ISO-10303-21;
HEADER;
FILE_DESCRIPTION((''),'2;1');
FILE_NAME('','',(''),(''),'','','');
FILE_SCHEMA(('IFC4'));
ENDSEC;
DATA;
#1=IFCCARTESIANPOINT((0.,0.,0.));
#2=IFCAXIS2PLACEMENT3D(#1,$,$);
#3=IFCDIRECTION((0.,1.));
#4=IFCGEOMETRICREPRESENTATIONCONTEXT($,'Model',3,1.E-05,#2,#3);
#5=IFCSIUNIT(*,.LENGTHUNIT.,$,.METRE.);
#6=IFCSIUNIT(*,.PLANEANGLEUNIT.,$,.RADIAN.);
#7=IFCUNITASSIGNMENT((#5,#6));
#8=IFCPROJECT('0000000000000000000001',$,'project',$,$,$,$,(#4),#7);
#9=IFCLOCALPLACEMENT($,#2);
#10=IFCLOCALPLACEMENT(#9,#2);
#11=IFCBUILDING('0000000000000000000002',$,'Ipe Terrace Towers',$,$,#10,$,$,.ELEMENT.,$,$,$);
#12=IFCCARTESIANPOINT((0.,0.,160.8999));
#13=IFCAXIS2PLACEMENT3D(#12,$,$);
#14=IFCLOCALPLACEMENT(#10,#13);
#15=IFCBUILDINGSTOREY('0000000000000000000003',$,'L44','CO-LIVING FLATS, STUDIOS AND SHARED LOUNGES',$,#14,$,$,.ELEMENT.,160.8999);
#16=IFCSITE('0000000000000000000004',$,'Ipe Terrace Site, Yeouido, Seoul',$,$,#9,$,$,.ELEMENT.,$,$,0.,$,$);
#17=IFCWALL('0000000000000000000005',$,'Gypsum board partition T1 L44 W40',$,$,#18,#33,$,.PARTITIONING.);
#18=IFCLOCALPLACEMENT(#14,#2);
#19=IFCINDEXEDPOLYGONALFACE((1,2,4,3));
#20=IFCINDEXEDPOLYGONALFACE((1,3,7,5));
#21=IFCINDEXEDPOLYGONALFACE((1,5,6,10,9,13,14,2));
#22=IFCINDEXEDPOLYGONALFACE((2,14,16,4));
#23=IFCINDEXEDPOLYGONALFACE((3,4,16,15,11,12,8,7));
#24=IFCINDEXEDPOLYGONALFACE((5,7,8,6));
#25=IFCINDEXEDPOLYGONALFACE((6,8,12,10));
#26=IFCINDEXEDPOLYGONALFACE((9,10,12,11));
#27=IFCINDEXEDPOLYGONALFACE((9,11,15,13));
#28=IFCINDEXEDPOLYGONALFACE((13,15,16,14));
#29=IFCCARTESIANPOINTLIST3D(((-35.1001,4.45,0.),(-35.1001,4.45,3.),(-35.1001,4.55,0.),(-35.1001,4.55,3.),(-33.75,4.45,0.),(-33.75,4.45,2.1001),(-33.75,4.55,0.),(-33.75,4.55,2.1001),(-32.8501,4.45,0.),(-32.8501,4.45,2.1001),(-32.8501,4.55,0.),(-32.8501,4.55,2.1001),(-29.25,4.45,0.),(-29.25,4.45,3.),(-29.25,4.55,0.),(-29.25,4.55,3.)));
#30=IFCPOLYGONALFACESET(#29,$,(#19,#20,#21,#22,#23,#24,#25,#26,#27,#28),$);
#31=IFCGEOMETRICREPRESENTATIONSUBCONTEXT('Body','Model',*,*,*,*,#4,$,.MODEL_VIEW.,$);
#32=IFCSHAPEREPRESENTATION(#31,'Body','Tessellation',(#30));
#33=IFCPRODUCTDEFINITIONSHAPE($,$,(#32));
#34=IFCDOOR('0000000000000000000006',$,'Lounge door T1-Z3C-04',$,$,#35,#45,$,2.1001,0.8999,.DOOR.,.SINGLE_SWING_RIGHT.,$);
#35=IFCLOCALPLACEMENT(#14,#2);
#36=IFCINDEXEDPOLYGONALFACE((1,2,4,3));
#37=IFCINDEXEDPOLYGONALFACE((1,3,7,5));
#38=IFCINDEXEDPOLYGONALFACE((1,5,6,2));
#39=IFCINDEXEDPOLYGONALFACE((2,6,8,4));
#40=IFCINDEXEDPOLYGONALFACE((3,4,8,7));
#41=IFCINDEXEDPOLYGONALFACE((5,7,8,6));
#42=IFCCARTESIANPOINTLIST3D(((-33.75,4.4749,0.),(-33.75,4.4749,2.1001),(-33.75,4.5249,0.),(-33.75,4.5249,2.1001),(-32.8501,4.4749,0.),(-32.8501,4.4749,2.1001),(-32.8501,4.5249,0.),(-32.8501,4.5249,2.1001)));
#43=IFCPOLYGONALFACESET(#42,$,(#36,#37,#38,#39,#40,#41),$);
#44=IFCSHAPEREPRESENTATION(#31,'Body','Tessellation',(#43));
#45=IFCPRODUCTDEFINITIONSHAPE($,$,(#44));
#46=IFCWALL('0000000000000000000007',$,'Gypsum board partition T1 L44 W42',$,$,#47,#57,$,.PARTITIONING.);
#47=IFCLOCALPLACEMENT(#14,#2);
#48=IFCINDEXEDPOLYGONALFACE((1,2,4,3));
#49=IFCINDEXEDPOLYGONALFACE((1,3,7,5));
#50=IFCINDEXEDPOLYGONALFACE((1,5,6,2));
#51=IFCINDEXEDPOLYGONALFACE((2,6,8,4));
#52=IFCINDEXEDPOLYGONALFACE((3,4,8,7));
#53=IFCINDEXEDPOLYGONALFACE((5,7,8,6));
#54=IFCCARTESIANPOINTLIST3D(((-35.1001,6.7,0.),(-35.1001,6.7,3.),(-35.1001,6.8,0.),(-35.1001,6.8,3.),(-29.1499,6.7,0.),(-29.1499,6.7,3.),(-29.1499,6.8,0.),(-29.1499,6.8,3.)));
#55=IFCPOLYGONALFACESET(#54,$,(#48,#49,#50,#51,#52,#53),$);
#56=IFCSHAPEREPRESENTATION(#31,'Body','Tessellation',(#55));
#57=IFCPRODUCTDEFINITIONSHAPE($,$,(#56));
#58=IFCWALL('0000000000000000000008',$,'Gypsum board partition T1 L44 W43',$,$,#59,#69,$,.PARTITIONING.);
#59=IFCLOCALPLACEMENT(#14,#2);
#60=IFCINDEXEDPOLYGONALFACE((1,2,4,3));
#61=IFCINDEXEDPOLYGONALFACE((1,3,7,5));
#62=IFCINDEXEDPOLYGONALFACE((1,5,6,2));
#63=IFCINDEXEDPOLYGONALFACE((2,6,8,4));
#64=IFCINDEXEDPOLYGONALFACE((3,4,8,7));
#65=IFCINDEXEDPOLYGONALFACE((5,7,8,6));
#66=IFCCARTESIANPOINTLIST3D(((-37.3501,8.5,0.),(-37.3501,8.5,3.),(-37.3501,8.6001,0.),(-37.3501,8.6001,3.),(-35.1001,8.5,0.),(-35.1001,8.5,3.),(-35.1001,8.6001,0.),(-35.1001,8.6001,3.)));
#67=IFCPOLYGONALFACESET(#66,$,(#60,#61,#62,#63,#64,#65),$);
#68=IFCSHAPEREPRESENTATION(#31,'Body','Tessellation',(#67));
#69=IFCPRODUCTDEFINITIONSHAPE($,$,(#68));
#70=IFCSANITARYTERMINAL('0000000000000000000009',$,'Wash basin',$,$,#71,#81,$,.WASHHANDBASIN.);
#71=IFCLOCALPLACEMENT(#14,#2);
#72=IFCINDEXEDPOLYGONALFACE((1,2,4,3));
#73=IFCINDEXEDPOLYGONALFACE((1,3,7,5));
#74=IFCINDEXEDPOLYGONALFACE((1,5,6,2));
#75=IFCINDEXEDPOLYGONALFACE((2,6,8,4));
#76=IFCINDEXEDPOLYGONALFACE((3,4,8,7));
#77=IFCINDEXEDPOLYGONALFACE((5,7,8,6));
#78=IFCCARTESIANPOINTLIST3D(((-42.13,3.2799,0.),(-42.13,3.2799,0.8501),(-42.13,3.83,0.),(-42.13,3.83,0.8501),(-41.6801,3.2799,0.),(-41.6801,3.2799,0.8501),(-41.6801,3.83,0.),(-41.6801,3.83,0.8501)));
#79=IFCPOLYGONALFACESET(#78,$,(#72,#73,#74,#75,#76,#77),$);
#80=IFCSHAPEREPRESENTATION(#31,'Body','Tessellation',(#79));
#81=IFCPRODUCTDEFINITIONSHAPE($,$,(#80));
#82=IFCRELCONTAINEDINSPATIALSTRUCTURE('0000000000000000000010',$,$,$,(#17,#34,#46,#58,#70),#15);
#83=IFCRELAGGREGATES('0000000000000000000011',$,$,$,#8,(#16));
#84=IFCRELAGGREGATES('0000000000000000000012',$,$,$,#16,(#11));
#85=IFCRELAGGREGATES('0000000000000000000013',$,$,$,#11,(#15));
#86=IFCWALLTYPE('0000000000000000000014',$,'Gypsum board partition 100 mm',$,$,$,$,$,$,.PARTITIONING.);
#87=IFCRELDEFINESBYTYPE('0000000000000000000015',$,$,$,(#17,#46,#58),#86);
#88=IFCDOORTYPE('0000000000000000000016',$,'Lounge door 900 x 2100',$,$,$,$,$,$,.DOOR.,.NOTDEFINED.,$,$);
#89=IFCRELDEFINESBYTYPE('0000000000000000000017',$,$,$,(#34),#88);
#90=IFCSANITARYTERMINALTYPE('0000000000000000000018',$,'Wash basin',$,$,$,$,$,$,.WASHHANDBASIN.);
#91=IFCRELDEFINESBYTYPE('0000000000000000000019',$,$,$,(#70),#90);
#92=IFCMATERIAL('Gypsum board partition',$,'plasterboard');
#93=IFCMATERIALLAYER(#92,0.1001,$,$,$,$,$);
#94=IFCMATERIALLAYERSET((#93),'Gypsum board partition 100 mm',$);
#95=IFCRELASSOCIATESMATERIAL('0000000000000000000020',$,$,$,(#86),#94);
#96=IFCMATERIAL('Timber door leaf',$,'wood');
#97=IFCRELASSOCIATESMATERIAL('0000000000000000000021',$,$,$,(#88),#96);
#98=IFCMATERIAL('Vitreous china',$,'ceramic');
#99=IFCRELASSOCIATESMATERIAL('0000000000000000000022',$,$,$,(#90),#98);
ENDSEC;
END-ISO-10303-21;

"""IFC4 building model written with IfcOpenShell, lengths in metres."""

from ifc_helpers import new_model, si_unit, direction, frame, frame_2d, origin, origin_2d, place, context, subcontext, project, spatial, rectangle, extrude, material, layer, layer_set, type_object, element, fill, save


model = new_model("IFC4")

# Units and contexts
model_context = context("Model", 3, precision=1e-05, world=origin(), true_north=direction((0.0, 1.0)))
body_context = subcontext(model_context, "Body", "Model", "MODEL_VIEW")
ifc_project = project(units=[si_unit("LENGTHUNIT", "METRE"), si_unit("PLANEANGLEUNIT", "RADIAN")], contexts=[model_context])

# Site, building, storey
site_placement = place(None, origin())
site = spatial("IfcSite", under=ifc_project, at=site_placement, Name="Ipe Terrace Site, Yeouido, Seoul", CompositionType="ELEMENT", RefElevation=0.0)
building_placement = place(site_placement, origin())
building = spatial("IfcBuilding", under=site, at=building_placement, Name="Ipe Terrace Towers", CompositionType="ELEMENT")
storey_placement = place(building_placement, frame((0.0, 0.0, 160.8999)))
storey = spatial("IfcBuildingStorey", under=building, at=storey_placement, Name="L44", Description="CO-LIVING FLATS, STUDIOS AND SHARED LOUNGES", CompositionType="ELEMENT", Elevation=160.8999)

# Shared definitions
ifc_material_1 = material(Name="Gypsum board partition", Category="plasterboard")
ifc_layer_1 = layer(ifc_material_1, 0.1001)
ifc_layer_set_1 = layer_set([ifc_layer_1], Name="Gypsum board partition 100 mm")
wall_type_1 = type_object("IfcWallType", Name="Gypsum board partition 100 mm", PredefinedType="PARTITIONING", material=ifc_layer_set_1)

# Shared definitions
ifc_material_2 = material(Name="Timber door leaf", Category="wood")
door_type = type_object("IfcDoorType", Name="Lounge door 900 x 2100", OperationType="NOTDEFINED", PredefinedType="DOOR", material=ifc_material_2)

# Wall, opening, door
wall_1_placement = place(storey_placement, frame((-35.1001, 4.5, 0.0), z_axis=(0.0, 0.0, 1.0), x_axis=(1.0, 0.0, 0.0)))
wall_1 = element("IfcWall", 1, at=wall_1_placement, inside=storey, type_object=wall_type_1, Name="Gypsum board partition T1 L44 W40", PredefinedType="PARTITIONING", context=body_context, shape_type="SweptSolid", body=[
    extrude(rectangle(XDim=5.8501, YDim=0.1001, at=frame_2d((2.925, 0.0))), origin(), (0.0, 0.0, 1.0), 3.0),
])
opening_1_placement = place(wall_1_placement, frame((1.3501, 0.0, 0.0)))
opening_1 = element("IfcOpeningElement", 2, at=opening_1_placement, cuts=wall_1, PredefinedType="OPENING", context=body_context, shape_type="SweptSolid", body=[
    extrude(rectangle(XDim=0.8999, YDim=2.1001, at=frame_2d((0.45, 1.05))), frame((0.0, 0.0601, 0.0), z_axis=(0.0, -1.0, 0.0), x_axis=(1.0, 0.0, 0.0)), (0.0, 0.0, 1.0), 0.1201),
])
door_1_placement = place(opening_1_placement, origin())
door_1 = element("IfcDoor", 3, at=door_1_placement, inside=storey, type_object=door_type, Name="Lounge door T1-Z3C-04", OperationType="SINGLE_SWING_RIGHT", OverallHeight=2.1001, OverallWidth=0.8999, PredefinedType="DOOR", context=body_context, shape_type="SweptSolid", body=[
    extrude(rectangle(XDim=0.8999, YDim=2.1001, at=frame_2d((0.45, 1.05))), frame((0.0, 0.0249, 0.0), z_axis=(0.0, -1.0, 0.0), x_axis=(1.0, 0.0, 0.0)), (0.0, 0.0, 1.0), 0.05),
])
fill(opening_1, door_1)

# Walls
wall_2_placement = place(storey_placement, frame((-35.1001, 6.75, 0.0), z_axis=(0.0, 0.0, 1.0), x_axis=(1.0, 0.0, 0.0)))
element("IfcWall", 4, at=wall_2_placement, inside=storey, type_object=wall_type_1, Name="Gypsum board partition T1 L44 W42", PredefinedType="PARTITIONING", context=body_context, shape_type="SweptSolid", body=[
    extrude(rectangle(XDim=5.9502, YDim=0.1001, at=frame_2d((2.9751, 0.0))), origin(), (0.0, 0.0, 1.0), 3.0),
])
wall_3_placement = place(storey_placement, frame((-37.3501, 8.55, 0.0), z_axis=(0.0, 0.0, 1.0), x_axis=(1.0, 0.0, 0.0)))
element("IfcWall", 5, at=wall_3_placement, inside=storey, type_object=wall_type_1, Name="Gypsum board partition T1 L44 W43", PredefinedType="PARTITIONING", context=body_context, shape_type="SweptSolid", body=[
    extrude(rectangle(XDim=2.25, YDim=0.1001, at=frame_2d((1.125, 0.0))), origin(), (0.0, 0.0, 1.0), 3.0),
])

# Sanitary terminal
ifc_material_3 = material(Name="Vitreous china", Category="ceramic")
sanitary_terminal_type = type_object("IfcSanitaryTerminalType", Name="Wash basin", PredefinedType="WASHHANDBASIN", material=ifc_material_3)
sanitary_terminal_placement = place(storey_placement, frame((-41.905, 3.5549, 0.0), z_axis=(0.0, 0.0, 1.0), x_axis=(0.0, -1.0, 0.0)))
element("IfcSanitaryTerminal", 6, at=sanitary_terminal_placement, inside=storey, type_object=sanitary_terminal_type, Name="Wash basin", PredefinedType="WASHHANDBASIN", context=body_context, shape_type="SweptSolid", body=[
    extrude(rectangle(XDim=0.55, YDim=0.45, at=origin_2d()), origin(), (0.0, 0.0, 1.0), 0.8501),
])

save(model, "model.ifc")
